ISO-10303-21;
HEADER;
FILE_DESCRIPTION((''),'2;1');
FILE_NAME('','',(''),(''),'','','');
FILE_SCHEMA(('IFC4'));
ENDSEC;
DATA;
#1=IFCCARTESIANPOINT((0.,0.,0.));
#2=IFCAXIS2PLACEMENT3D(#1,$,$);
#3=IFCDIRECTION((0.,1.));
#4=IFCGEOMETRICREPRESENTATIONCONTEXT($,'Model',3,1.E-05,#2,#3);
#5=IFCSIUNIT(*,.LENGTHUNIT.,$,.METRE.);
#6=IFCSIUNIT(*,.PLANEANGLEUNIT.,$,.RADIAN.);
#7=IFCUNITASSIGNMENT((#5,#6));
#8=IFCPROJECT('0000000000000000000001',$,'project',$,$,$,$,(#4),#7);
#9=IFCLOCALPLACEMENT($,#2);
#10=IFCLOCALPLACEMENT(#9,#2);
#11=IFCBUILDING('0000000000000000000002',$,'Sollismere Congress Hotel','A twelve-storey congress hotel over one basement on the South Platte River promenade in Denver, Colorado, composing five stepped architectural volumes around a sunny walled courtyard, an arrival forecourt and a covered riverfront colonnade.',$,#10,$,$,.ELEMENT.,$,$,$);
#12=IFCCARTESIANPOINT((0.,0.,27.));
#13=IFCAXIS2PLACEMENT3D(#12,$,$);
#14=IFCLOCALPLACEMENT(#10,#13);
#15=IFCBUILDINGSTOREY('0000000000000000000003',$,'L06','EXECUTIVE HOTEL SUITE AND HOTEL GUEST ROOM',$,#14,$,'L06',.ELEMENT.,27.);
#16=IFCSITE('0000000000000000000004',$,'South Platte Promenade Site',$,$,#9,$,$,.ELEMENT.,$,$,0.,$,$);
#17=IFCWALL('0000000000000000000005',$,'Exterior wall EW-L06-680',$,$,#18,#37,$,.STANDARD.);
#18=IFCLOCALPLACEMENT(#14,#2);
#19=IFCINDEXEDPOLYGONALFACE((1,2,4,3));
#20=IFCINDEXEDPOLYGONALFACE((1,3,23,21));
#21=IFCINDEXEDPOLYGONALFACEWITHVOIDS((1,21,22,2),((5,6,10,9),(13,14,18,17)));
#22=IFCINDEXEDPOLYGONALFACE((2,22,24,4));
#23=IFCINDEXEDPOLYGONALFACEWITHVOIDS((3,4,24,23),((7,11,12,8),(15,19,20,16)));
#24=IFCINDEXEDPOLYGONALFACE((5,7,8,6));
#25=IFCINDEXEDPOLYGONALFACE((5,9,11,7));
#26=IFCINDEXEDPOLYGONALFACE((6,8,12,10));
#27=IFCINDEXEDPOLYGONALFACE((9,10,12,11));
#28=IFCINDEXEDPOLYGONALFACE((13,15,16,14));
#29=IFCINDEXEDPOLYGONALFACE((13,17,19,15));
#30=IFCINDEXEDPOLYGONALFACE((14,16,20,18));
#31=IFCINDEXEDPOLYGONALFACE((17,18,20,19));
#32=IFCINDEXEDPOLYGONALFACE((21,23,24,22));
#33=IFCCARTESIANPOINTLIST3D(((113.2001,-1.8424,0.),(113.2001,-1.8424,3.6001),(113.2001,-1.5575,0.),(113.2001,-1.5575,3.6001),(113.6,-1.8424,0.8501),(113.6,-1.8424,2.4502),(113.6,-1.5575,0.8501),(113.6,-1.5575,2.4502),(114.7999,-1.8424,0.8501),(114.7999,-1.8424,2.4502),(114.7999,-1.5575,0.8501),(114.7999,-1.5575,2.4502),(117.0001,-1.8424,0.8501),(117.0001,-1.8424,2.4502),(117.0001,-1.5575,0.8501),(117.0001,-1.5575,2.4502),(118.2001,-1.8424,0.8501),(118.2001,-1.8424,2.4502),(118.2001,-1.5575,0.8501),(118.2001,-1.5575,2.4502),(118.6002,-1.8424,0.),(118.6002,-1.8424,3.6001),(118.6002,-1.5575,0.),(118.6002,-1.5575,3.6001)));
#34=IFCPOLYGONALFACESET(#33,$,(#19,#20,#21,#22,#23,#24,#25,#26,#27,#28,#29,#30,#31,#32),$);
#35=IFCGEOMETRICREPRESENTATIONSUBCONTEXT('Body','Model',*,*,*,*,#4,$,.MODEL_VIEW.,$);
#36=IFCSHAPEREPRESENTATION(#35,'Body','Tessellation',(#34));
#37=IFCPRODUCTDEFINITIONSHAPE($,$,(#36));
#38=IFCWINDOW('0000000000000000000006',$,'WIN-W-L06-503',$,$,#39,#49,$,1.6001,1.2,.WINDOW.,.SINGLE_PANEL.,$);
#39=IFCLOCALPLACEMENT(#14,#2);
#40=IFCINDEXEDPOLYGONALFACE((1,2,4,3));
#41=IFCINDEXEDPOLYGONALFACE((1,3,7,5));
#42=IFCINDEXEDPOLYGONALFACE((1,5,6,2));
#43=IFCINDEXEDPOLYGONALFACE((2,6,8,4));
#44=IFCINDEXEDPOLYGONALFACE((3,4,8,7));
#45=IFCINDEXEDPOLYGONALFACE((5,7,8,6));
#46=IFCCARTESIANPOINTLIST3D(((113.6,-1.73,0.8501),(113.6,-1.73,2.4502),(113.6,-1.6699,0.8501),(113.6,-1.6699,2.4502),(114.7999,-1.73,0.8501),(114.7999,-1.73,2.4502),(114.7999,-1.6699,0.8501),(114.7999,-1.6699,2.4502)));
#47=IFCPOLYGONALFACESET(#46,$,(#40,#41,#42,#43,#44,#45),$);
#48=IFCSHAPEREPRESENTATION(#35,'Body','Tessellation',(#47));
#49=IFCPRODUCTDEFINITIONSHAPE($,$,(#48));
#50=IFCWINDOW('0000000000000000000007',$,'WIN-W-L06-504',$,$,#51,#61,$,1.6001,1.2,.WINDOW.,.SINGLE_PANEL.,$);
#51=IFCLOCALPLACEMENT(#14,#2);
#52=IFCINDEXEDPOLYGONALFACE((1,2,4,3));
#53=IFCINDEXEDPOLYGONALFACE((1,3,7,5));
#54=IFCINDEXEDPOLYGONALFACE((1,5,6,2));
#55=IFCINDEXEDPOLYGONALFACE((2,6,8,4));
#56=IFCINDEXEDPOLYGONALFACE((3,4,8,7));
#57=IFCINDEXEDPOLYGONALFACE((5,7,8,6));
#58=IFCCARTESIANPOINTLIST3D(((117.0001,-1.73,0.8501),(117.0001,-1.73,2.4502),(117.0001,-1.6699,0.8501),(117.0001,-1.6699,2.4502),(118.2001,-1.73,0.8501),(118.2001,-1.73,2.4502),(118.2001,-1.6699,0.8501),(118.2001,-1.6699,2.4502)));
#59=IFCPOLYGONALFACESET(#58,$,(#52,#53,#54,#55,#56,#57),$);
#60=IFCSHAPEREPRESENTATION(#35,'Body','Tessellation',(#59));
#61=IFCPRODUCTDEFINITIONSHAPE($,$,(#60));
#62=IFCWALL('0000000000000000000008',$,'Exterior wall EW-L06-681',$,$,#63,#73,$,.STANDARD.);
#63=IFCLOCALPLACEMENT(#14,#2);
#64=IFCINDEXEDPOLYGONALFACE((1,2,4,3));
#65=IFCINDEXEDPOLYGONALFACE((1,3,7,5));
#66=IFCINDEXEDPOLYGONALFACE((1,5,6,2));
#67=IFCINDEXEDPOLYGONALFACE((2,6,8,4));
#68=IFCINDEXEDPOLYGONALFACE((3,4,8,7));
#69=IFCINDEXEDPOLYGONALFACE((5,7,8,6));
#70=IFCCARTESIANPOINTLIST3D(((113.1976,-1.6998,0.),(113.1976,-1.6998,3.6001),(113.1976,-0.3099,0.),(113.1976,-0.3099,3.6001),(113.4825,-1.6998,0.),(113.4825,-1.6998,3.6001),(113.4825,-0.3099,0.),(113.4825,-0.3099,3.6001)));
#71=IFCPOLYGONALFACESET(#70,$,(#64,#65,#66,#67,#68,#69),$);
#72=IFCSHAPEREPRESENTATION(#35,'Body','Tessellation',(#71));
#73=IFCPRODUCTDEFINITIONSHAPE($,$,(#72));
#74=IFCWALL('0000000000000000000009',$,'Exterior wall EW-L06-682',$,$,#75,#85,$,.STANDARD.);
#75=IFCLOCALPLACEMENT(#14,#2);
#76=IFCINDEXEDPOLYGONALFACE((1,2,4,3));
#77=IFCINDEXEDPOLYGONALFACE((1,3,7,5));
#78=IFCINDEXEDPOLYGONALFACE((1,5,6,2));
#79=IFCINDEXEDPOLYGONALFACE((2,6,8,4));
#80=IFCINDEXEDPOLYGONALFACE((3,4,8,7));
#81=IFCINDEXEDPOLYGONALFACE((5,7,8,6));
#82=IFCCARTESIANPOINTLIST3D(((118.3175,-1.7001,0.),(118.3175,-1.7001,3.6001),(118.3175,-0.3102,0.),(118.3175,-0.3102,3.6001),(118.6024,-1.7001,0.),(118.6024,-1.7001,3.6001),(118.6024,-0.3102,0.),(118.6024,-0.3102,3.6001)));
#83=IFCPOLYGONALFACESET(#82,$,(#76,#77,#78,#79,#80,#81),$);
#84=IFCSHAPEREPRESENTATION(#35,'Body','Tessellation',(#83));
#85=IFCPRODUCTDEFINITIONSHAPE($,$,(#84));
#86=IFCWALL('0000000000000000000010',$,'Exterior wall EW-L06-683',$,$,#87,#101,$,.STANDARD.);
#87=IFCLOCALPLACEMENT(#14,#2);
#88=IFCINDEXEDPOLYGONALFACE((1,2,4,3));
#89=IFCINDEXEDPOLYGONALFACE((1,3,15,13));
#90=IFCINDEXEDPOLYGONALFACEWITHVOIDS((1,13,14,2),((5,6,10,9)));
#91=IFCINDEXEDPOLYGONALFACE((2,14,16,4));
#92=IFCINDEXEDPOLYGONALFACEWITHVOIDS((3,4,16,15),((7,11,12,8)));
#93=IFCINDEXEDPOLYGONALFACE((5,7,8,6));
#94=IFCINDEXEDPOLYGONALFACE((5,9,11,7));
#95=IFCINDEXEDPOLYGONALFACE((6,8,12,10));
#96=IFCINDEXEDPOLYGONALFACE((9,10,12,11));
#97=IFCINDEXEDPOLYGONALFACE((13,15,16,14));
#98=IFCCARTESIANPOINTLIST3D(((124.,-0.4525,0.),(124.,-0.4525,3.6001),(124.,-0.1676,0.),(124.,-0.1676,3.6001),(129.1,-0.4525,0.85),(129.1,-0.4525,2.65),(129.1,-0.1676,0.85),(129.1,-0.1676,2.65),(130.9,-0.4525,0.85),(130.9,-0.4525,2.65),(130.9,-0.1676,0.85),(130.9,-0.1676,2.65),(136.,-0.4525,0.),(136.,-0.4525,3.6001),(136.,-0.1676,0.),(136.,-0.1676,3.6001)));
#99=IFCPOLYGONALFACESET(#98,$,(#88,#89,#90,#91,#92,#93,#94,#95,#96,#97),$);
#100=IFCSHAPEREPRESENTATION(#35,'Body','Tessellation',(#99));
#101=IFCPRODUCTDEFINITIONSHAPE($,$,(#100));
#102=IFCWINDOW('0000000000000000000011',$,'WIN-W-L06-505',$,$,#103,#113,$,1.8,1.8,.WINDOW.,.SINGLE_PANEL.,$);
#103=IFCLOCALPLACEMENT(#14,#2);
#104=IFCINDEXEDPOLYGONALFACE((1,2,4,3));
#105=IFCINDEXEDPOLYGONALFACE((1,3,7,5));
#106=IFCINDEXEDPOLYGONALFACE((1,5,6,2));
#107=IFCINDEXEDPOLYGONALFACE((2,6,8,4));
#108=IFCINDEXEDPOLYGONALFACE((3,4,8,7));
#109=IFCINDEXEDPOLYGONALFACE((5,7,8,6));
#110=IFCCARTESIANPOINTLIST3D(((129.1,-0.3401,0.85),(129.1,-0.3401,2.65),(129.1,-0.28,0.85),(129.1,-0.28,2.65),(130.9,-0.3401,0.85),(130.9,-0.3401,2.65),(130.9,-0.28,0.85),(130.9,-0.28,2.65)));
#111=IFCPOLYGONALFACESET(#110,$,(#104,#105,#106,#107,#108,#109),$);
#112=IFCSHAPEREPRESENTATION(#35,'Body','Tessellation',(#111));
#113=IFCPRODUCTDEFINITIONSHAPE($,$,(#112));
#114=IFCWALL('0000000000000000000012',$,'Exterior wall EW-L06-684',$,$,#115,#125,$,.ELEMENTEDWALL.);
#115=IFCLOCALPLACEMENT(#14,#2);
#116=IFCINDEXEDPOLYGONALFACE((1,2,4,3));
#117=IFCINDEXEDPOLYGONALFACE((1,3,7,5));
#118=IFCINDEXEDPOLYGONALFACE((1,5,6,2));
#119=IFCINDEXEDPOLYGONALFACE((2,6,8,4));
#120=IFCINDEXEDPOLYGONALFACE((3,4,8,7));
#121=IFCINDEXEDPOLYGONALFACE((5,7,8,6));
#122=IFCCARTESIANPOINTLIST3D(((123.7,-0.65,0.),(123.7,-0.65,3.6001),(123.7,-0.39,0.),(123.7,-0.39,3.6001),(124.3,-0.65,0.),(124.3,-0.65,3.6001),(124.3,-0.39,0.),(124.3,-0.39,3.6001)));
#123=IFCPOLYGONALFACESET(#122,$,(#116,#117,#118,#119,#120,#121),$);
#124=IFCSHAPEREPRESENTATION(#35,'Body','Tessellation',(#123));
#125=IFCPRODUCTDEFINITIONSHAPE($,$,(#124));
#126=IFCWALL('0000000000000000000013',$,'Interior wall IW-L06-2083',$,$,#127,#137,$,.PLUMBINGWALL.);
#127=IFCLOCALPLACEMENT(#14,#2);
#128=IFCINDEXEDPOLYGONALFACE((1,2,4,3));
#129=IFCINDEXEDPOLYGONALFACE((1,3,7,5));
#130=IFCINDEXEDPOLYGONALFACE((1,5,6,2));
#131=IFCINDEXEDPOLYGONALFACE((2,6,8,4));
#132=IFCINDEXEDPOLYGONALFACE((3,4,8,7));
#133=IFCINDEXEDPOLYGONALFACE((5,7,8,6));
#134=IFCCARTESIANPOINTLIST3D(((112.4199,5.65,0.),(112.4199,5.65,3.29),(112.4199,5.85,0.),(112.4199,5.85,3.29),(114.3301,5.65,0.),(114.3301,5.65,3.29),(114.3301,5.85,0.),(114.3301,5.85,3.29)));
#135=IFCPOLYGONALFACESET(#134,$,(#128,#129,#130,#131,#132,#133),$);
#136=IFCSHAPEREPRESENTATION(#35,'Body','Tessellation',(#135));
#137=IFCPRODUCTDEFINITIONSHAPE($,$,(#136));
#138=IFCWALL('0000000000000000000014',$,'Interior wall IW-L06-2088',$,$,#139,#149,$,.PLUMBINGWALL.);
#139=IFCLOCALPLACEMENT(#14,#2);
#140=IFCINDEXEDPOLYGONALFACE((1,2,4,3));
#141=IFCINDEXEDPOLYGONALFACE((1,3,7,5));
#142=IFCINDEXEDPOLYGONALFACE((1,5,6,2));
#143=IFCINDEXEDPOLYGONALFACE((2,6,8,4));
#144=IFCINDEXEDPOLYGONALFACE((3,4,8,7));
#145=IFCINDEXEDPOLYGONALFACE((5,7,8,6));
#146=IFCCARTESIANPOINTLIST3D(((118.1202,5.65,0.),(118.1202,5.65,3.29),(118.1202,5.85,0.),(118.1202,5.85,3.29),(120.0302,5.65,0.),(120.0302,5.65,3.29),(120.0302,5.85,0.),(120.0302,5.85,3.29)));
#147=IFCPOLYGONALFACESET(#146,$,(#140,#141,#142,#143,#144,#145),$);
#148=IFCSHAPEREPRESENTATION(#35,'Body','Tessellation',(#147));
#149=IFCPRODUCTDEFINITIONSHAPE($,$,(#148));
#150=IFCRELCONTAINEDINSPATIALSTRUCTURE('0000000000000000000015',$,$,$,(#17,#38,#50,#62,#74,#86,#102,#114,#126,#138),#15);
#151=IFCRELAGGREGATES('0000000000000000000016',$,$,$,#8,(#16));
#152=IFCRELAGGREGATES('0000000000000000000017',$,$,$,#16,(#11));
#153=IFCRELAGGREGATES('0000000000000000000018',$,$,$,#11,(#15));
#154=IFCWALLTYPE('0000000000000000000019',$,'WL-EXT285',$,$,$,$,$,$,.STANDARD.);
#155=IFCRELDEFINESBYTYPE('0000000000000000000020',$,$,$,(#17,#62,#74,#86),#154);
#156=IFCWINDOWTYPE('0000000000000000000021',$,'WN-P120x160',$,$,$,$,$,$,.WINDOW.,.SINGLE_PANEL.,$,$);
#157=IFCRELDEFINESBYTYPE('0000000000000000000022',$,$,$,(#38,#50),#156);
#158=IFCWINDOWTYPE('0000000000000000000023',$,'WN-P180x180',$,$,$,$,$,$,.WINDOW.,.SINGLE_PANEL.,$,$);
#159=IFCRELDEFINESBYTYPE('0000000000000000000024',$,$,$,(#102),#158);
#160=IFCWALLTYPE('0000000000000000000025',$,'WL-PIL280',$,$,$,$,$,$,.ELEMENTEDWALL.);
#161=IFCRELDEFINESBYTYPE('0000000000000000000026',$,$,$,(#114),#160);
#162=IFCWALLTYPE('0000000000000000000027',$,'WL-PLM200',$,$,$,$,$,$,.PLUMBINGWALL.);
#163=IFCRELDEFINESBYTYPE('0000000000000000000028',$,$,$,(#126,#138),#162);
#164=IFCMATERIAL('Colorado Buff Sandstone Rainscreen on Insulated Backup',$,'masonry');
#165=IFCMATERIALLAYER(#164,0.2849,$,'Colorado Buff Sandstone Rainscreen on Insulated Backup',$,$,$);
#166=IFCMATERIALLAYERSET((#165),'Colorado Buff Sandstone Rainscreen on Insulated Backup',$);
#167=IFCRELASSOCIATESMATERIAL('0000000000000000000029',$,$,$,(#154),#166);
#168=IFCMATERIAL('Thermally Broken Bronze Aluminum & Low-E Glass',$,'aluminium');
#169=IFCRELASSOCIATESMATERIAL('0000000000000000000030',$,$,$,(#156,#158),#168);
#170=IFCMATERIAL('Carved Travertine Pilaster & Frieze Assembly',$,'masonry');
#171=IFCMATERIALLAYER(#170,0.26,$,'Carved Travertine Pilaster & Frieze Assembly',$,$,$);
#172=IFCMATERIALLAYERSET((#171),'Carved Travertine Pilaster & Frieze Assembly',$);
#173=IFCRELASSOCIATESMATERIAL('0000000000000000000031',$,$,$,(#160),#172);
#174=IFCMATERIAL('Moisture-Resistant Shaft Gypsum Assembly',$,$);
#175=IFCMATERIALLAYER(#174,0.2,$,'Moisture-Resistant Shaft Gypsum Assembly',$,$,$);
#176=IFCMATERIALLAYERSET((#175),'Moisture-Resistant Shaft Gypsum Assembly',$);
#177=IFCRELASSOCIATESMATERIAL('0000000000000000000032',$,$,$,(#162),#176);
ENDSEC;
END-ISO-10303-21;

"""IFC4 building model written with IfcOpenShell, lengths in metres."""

from ifc_helpers import new_model, si_unit, direction, frame, frame_2d, origin, place, context, subcontext, project, spatial, rectangle, extrude, material, layer, layer_set, type_object, element, fill, save


model = new_model("IFC4")

# Units and contexts
model_context = context("Model", 3, precision=1e-05, world=origin(), true_north=direction((0.0, 1.0)))
body_context = subcontext(model_context, "Body", "Model", "MODEL_VIEW")
ifc_project = project(units=[si_unit("LENGTHUNIT", "METRE"), si_unit("PLANEANGLEUNIT", "RADIAN")], contexts=[model_context])

# Site, building, storey
site_placement = place(None, origin())
site = spatial("IfcSite", under=ifc_project, at=site_placement, Name="South Platte Promenade Site", CompositionType="ELEMENT", RefElevation=0.0)
building_placement = place(site_placement, origin())
building = spatial("IfcBuilding", under=site, at=building_placement, Name="Sollismere Congress Hotel", Description="A twelve-storey congress hotel over one basement on the South Platte River promenade in Denver, Colorado, composing five stepped architectural volumes around a sunny walled courtyard, an arrival forecourt and a covered riverfront colonnade.", CompositionType="ELEMENT")
storey_placement = place(building_placement, frame((0.0, 0.0, 27.0)))
storey = spatial("IfcBuildingStorey", under=building, at=storey_placement, Name="L06", Description="EXECUTIVE HOTEL SUITE AND HOTEL GUEST ROOM", LongName="L06", CompositionType="ELEMENT", Elevation=27.0)

# Shared definitions
ifc_material_1 = material(Name="Colorado Buff Sandstone Rainscreen on Insulated Backup", Category="masonry")
ifc_layer_1 = layer(ifc_material_1, 0.2849, Name="Colorado Buff Sandstone Rainscreen on Insulated Backup")
ifc_layer_set_1 = layer_set([ifc_layer_1], Name="Colorado Buff Sandstone Rainscreen on Insulated Backup")
wall_type_1 = type_object("IfcWallType", Name="WL-EXT285", PredefinedType="STANDARD", material=ifc_layer_set_1)
ifc_material_2 = material(Name="Thermally Broken Bronze Aluminum & Low-E Glass", Category="aluminium")

# Wall, openings, windows
wall_1_placement = place(storey_placement, frame((113.2, -1.7, 0.0), z_axis=(0.0, 0.0, 1.0), x_axis=(1.0, 0.0, 0.0)))
wall_1 = element("IfcWall", 1, at=wall_1_placement, inside=storey, type_object=wall_type_1, Name="Exterior wall EW-L06-680", PredefinedType="STANDARD", context=body_context, shape_type="SweptSolid", body=[
    extrude(rectangle(XDim=5.4001, YDim=0.2849, at=frame_2d((2.7002, 0.0))), origin(), (0.0, 0.0, 1.0), 3.6001),
])
opening_1_placement = place(wall_1_placement, frame((0.3999, 0.0, 0.8501)))
opening_1 = element("IfcOpeningElement", 2, at=opening_1_placement, cuts=wall_1, PredefinedType="OPENING", context=body_context, shape_type="SweptSolid", body=[
    extrude(rectangle(XDim=1.2, YDim=1.6001, at=frame_2d((0.6001, 0.8))), frame((0.0, 0.1523, 0.0), z_axis=(0.0, -1.0, 0.0), x_axis=(1.0, 0.0, 0.0)), (0.0, 0.0, 1.0), 0.3049),
])
opening_2_placement = place(wall_1_placement, frame((3.8, 0.0, 0.8501)))
opening_2 = element("IfcOpeningElement", 3, at=opening_2_placement, cuts=wall_1, PredefinedType="OPENING", context=body_context, shape_type="SweptSolid", body=[
    extrude(rectangle(XDim=1.2, YDim=1.6001, at=frame_2d((0.6001, 0.8))), frame((0.0, 0.1523, 0.0), z_axis=(0.0, -1.0, 0.0), x_axis=(1.0, 0.0, 0.0)), (0.0, 0.0, 1.0), 0.3049),
])
window_type_1 = type_object("IfcWindowType", Name="WN-P120x160", PartitioningType="SINGLE_PANEL", PredefinedType="WINDOW", material=ifc_material_2)
window_1_placement = place(opening_1_placement, origin())
window_1 = element("IfcWindow", 4, at=window_1_placement, inside=storey, type_object=window_type_1, Name="WIN-W-L06-503", OverallHeight=1.6001, OverallWidth=1.2, PartitioningType="SINGLE_PANEL", PredefinedType="WINDOW", context=body_context, shape_type="SweptSolid", body=[
    extrude(rectangle(XDim=1.2, YDim=1.6001, at=frame_2d((0.6001, 0.8))), frame((0.0, 0.03, 0.0), z_axis=(0.0, -1.0, 0.0), x_axis=(1.0, 0.0, 0.0)), (0.0, 0.0, 1.0), 0.0601),
])
fill(opening_1, window_1)
window_2_placement = place(opening_2_placement, origin())
window_2 = element("IfcWindow", 5, at=window_2_placement, inside=storey, type_object=window_type_1, Name="WIN-W-L06-504", OverallHeight=1.6001, OverallWidth=1.2, PartitioningType="SINGLE_PANEL", PredefinedType="WINDOW", context=body_context, shape_type="SweptSolid", body=[
    extrude(rectangle(XDim=1.2, YDim=1.6001, at=frame_2d((0.6001, 0.8))), frame((0.0, 0.03, 0.0), z_axis=(0.0, -1.0, 0.0), x_axis=(1.0, 0.0, 0.0)), (0.0, 0.0, 1.0), 0.0601),
])
fill(opening_2, window_2)

# Walls
for number, where, z_axis, x_axis, name in (
    (6, (113.3401, -0.3101, 0.0), (0.0, 0.0, 1.0), (0.0, -1.0, 0.0), "Exterior wall EW-L06-681"),
    (7, (118.46, -1.7, 0.0), (0.0, 0.0, 1.0), (0.0, 1.0, 0.0), "Exterior wall EW-L06-682"),
):
    element("IfcWall", number, at=place(storey_placement, frame(where, z_axis=z_axis, x_axis=x_axis)), inside=storey, type_object=wall_type_1, Name=name, PredefinedType="STANDARD", context=body_context, shape_type="SweptSolid", body=[
        extrude(rectangle(XDim=1.3899, YDim=0.2849, at=frame_2d((0.6948, 0.0))), origin(), (0.0, 0.0, 1.0), 3.6001),
    ])

# Wall, opening, window
wall_2_placement = place(storey_placement, frame((124.0, -0.3101, 0.0), z_axis=(0.0, 0.0, 1.0), x_axis=(1.0, 0.0, 0.0)))
wall_2 = element("IfcWall", 8, at=wall_2_placement, inside=storey, type_object=wall_type_1, Name="Exterior wall EW-L06-683", PredefinedType="STANDARD", context=body_context, shape_type="SweptSolid", body=[
    extrude(rectangle(XDim=12.0, YDim=0.2849, at=frame_2d((6.0, 0.0))), origin(), (0.0, 0.0, 1.0), 3.6001),
])
opening_3_placement = place(wall_2_placement, frame((5.1001, 0.0, 0.8501)))
opening_3 = element("IfcOpeningElement", 9, at=opening_3_placement, cuts=wall_2, PredefinedType="OPENING", context=body_context, shape_type="SweptSolid", body=[
    extrude(rectangle(XDim=1.8, YDim=1.8, at=frame_2d((0.8999, 0.8999))), frame((0.0, 0.1523, 0.0), z_axis=(0.0, -1.0, 0.0), x_axis=(1.0, 0.0, 0.0)), (0.0, 0.0, 1.0), 0.3049),
])
window_type_2 = type_object("IfcWindowType", Name="WN-P180x180", PartitioningType="SINGLE_PANEL", PredefinedType="WINDOW", material=ifc_material_2)
window_3_placement = place(opening_3_placement, origin())
window_3 = element("IfcWindow", 10, at=window_3_placement, inside=storey, type_object=window_type_2, Name="WIN-W-L06-505", OverallHeight=1.8, OverallWidth=1.8, PartitioningType="SINGLE_PANEL", PredefinedType="WINDOW", context=body_context, shape_type="SweptSolid", body=[
    extrude(rectangle(XDim=1.8, YDim=1.8, at=frame_2d((0.8999, 0.8999))), frame((0.0, 0.03, 0.0), z_axis=(0.0, -1.0, 0.0), x_axis=(1.0, 0.0, 0.0)), (0.0, 0.0, 1.0), 0.0601),
])
fill(opening_3, window_3)

# Walls
ifc_material_3 = material(Name="Carved Travertine Pilaster & Frieze Assembly", Category="masonry")
ifc_layer_2 = layer(ifc_material_3, 0.26, Name="Carved Travertine Pilaster & Frieze Assembly")
ifc_layer_set_2 = layer_set([ifc_layer_2], Name="Carved Travertine Pilaster & Frieze Assembly")
wall_type_2 = type_object("IfcWallType", Name="WL-PIL280", PredefinedType="ELEMENTEDWALL", material=ifc_layer_set_2)
wall_3_placement = place(storey_placement, frame((123.7, -0.52, 0.0), z_axis=(0.0, 0.0, 1.0), x_axis=(1.0, 0.0, 0.0)))
element("IfcWall", 11, at=wall_3_placement, inside=storey, type_object=wall_type_2, Name="Exterior wall EW-L06-684", PredefinedType="ELEMENTEDWALL", context=body_context, shape_type="SweptSolid", body=[
    extrude(rectangle(XDim=0.6001, YDim=0.26, at=frame_2d((0.3, 0.0))), origin(), (0.0, 0.0, 1.0), 3.6001),
])
ifc_material_4 = material(Name="Moisture-Resistant Shaft Gypsum Assembly")
ifc_layer_3 = layer(ifc_material_4, 0.2, Name="Moisture-Resistant Shaft Gypsum Assembly")
ifc_layer_set_3 = layer_set([ifc_layer_3], Name="Moisture-Resistant Shaft Gypsum Assembly")
wall_type_3 = type_object("IfcWallType", Name="WL-PLM200", PredefinedType="PLUMBINGWALL", material=ifc_layer_set_3)
wall_4_placement = place(storey_placement, frame((112.4199, 5.75, 0.0), z_axis=(0.0, 0.0, 1.0), x_axis=(1.0, 0.0, 0.0)))
element("IfcWall", 12, at=wall_4_placement, inside=storey, type_object=wall_type_3, Name="Interior wall IW-L06-2083", PredefinedType="PLUMBINGWALL", context=body_context, shape_type="SweptSolid", body=[
    extrude(rectangle(XDim=1.9102, YDim=0.2, at=frame_2d((0.9551, 0.0))), origin(), (0.0, 0.0, 1.0), 3.29),
])
wall_5_placement = place(storey_placement, frame((118.1201, 5.75, 0.0), z_axis=(0.0, 0.0, 1.0), x_axis=(1.0, 0.0, 0.0)))
element("IfcWall", 13, at=wall_5_placement, inside=storey, type_object=wall_type_3, Name="Interior wall IW-L06-2088", PredefinedType="PLUMBINGWALL", context=body_context, shape_type="SweptSolid", body=[
    extrude(rectangle(XDim=1.9099, YDim=0.2, at=frame_2d((0.9551, 0.0))), origin(), (0.0, 0.0, 1.0), 3.29),
])

save(model, "model.ifc")
